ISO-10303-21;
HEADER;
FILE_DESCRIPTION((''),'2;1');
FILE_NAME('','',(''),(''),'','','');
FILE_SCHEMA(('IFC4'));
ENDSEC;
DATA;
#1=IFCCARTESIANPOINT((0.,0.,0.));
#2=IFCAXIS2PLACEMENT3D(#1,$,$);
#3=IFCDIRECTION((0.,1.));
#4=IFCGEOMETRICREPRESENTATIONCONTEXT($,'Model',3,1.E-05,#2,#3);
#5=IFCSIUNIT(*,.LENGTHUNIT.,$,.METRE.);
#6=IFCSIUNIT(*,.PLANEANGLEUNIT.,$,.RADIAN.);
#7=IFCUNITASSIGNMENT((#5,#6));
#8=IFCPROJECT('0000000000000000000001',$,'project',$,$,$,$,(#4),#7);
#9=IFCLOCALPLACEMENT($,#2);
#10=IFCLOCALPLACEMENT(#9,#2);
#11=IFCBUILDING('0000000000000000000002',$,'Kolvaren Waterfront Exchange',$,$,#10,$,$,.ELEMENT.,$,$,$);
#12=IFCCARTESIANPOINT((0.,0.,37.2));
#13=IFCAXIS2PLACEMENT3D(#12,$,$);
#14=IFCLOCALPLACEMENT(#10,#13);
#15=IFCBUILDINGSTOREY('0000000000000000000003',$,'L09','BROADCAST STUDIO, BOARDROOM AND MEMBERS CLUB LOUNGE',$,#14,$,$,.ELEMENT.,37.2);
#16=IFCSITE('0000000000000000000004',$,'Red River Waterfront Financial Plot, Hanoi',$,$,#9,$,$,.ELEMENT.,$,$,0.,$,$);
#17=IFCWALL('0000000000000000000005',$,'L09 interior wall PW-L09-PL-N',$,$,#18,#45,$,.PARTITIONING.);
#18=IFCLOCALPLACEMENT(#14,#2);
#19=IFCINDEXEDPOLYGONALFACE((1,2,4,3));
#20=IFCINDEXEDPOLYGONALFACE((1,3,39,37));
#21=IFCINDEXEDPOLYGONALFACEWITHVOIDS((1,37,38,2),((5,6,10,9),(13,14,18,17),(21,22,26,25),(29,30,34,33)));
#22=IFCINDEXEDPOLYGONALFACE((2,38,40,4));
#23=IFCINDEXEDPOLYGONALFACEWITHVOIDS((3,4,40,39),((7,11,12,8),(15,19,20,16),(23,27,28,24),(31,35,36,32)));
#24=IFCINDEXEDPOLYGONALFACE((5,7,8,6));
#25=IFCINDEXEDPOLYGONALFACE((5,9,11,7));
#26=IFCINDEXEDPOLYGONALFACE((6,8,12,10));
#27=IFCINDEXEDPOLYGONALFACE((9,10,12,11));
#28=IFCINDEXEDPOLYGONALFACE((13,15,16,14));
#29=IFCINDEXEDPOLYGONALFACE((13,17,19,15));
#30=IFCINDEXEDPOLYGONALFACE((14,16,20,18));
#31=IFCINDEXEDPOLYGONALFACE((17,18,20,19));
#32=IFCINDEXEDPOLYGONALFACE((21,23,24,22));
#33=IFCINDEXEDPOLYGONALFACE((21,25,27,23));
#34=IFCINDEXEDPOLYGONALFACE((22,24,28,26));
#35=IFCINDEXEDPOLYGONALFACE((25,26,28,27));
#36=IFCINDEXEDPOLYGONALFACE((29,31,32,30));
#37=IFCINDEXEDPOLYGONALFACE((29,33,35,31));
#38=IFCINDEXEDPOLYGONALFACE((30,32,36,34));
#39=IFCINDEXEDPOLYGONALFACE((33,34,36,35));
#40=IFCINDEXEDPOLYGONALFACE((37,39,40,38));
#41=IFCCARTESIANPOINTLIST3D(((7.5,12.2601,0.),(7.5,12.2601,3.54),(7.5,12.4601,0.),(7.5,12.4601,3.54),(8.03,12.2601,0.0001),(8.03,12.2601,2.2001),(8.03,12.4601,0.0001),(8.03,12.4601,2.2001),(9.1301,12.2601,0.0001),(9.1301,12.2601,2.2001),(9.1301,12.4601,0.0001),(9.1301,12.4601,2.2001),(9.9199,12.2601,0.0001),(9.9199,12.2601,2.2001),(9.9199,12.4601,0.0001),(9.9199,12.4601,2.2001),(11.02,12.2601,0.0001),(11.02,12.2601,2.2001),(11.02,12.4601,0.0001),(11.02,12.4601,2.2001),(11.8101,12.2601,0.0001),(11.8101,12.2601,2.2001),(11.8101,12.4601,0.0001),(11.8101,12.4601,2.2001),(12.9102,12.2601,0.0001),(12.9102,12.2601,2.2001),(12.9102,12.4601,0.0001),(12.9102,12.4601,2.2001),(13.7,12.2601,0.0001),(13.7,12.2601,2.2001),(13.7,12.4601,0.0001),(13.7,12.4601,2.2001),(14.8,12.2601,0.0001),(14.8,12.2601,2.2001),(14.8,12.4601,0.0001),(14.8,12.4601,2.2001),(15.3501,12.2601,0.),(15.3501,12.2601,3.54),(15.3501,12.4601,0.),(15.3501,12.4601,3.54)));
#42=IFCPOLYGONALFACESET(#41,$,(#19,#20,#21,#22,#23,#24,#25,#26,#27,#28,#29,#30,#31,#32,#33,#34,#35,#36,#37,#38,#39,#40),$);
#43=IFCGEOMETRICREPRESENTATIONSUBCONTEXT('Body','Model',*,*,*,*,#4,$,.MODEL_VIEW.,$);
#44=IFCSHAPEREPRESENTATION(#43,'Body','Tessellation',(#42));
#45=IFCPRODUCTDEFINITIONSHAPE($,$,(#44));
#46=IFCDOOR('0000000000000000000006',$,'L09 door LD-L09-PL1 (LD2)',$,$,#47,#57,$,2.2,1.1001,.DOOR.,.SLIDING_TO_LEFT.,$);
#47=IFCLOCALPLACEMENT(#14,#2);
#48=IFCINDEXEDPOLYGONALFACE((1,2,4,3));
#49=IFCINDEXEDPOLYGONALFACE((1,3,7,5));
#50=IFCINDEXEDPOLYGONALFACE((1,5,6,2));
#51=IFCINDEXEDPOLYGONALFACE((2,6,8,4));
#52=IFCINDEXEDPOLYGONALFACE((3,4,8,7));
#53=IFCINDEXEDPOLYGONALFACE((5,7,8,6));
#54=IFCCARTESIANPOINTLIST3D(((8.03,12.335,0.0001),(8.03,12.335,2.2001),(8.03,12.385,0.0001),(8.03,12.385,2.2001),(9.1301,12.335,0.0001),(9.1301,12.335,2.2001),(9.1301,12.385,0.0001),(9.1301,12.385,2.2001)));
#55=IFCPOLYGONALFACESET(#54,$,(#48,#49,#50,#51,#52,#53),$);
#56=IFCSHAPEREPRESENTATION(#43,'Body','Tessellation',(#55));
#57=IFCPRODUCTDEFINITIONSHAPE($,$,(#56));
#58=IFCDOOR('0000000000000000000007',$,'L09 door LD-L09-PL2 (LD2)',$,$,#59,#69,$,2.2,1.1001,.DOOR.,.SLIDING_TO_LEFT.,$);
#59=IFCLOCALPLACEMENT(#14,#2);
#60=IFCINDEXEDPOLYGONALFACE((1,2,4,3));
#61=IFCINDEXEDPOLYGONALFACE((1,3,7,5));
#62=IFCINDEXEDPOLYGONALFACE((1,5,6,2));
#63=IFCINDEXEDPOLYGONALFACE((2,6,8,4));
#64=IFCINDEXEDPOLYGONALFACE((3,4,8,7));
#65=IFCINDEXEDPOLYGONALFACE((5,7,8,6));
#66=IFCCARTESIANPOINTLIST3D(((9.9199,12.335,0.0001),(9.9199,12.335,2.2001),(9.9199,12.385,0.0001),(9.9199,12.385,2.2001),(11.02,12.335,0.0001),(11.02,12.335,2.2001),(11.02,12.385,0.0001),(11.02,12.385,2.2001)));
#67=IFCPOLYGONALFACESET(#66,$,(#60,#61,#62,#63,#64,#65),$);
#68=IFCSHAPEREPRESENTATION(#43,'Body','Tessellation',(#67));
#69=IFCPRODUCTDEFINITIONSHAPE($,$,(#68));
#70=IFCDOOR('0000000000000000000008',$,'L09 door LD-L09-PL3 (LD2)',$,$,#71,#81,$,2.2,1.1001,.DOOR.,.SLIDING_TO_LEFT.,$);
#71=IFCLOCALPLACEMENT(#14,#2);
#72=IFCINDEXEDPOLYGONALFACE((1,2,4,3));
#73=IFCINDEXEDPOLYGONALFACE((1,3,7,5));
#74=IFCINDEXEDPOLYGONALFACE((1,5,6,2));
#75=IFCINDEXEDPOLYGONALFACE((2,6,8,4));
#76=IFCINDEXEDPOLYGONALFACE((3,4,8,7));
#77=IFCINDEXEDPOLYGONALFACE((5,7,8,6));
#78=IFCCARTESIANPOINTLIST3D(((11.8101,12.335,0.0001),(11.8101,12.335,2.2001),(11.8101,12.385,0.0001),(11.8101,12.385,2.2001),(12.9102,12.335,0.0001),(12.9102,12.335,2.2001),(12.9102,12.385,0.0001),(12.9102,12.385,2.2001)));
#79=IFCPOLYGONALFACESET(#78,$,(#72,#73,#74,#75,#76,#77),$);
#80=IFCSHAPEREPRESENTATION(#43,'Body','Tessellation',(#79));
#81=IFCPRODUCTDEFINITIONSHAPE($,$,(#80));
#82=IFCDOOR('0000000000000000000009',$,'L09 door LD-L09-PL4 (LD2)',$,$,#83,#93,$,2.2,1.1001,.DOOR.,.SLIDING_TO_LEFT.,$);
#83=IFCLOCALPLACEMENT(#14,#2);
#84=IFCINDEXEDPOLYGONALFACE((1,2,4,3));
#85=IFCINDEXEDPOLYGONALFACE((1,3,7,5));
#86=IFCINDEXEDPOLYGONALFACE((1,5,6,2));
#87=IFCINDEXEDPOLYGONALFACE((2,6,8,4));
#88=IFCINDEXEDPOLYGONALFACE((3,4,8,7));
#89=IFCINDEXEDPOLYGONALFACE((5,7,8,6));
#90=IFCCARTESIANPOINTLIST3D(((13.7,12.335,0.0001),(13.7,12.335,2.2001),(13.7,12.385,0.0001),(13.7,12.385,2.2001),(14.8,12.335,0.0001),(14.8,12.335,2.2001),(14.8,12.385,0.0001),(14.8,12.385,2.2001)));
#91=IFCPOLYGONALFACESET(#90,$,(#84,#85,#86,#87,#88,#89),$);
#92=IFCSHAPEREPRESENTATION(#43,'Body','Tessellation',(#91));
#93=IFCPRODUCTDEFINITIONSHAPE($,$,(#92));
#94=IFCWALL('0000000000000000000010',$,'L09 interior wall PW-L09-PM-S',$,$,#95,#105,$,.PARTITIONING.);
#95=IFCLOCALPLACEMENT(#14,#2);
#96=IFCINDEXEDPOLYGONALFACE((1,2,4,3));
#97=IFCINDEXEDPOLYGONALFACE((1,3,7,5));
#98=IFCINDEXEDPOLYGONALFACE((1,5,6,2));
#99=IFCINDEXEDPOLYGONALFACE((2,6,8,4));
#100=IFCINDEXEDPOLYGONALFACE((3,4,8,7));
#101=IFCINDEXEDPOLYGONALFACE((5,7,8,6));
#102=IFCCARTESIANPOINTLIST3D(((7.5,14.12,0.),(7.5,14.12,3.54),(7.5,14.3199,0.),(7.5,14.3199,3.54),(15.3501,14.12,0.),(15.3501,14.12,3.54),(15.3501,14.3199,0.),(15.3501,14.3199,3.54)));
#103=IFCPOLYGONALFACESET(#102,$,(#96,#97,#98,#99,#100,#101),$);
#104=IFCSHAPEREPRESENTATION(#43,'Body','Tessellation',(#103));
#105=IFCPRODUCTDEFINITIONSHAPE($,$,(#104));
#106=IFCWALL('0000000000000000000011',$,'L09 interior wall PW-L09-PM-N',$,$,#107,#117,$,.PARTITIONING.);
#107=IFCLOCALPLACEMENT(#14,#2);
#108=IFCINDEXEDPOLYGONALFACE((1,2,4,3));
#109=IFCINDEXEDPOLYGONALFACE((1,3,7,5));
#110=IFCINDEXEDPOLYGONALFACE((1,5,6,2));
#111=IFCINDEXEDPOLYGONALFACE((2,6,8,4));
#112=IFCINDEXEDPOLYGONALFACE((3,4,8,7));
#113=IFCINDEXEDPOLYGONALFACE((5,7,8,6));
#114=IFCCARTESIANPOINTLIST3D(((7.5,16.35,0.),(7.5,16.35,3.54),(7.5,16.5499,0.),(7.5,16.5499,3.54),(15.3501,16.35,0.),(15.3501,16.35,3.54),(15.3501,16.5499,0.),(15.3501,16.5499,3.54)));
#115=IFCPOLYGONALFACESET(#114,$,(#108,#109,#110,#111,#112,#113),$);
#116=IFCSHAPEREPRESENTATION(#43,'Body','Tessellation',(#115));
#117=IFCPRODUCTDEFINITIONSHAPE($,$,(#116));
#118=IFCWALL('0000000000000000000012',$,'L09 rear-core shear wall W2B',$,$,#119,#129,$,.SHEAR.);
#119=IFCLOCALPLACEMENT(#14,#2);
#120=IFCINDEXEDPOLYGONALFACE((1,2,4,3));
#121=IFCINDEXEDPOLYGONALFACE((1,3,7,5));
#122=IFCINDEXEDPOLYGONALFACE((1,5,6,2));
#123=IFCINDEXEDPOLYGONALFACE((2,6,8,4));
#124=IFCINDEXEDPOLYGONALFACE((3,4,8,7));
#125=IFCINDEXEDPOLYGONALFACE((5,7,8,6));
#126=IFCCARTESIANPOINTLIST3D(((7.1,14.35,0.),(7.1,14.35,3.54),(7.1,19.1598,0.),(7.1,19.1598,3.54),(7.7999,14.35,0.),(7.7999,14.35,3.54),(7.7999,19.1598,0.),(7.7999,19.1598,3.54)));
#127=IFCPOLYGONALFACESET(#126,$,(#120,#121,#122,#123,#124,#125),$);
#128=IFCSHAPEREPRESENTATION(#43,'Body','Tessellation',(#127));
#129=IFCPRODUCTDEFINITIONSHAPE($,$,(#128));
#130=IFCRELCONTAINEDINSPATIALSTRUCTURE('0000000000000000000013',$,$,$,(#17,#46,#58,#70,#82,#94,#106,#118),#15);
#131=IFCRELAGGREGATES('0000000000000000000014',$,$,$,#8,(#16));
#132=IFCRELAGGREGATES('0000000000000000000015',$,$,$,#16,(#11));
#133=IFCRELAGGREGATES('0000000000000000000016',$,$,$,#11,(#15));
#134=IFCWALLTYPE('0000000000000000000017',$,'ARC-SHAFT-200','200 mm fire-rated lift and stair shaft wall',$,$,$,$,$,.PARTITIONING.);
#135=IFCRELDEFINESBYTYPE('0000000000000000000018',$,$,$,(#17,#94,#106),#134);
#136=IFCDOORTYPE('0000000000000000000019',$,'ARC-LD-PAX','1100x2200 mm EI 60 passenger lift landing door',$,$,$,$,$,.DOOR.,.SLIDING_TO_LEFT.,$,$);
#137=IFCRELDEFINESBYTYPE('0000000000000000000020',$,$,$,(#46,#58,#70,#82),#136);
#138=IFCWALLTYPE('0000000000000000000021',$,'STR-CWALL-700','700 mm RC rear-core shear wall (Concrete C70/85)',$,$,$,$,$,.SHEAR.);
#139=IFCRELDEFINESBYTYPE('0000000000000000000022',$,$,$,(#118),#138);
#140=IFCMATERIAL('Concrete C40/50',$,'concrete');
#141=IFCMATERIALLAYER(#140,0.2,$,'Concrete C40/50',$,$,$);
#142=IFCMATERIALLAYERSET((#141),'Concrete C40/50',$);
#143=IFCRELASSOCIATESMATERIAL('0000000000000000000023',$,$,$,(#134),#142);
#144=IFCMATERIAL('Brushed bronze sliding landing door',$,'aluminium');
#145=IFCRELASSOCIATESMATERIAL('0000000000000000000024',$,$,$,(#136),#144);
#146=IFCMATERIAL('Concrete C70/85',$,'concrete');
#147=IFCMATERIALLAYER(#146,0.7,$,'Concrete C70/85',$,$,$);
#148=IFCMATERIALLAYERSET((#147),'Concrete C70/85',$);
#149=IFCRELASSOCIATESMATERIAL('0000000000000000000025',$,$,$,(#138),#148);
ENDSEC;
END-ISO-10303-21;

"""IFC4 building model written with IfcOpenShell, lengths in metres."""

from ifc_helpers import new_model, si_unit, direction, frame, frame_2d, origin, place, context, subcontext, project, spatial, rectangle, extrude, material, layer, layer_set, type_object, element, fill, save


model = new_model("IFC4")

# Units and contexts
model_context = context("Model", 3, precision=1e-05, world=origin(), true_north=direction((0.0, 1.0)))
body_context = subcontext(model_context, "Body", "Model", "MODEL_VIEW")
ifc_project = project(units=[si_unit("LENGTHUNIT", "METRE"), si_unit("PLANEANGLEUNIT", "RADIAN")], contexts=[model_context])

# Site, building, storey
site_placement = place(None, origin())
site = spatial("IfcSite", under=ifc_project, at=site_placement, Name="Red River Waterfront Financial Plot, Hanoi", CompositionType="ELEMENT", RefElevation=0.0)
building_placement = place(site_placement, origin())
building = spatial("IfcBuilding", under=site, at=building_placement, Name="Kolvaren Waterfront Exchange", CompositionType="ELEMENT")
storey_placement = place(building_placement, frame((0.0, 0.0, 37.2)))
storey = spatial("IfcBuildingStorey", under=building, at=storey_placement, Name="L09", Description="BROADCAST STUDIO, BOARDROOM AND MEMBERS CLUB LOUNGE", CompositionType="ELEMENT", Elevation=37.2)

# Wall, openings, doors
ifc_material_1 = material(Name="Concrete C40/50", Category="concrete")
ifc_layer_1 = layer(ifc_material_1, 0.2, Name="Concrete C40/50")
ifc_layer_set_1 = layer_set([ifc_layer_1], Name="Concrete C40/50")
wall_type_1 = type_object("IfcWallType", Name="ARC-SHAFT-200", Description="200 mm fire-rated lift and stair shaft wall", PredefinedType="PARTITIONING", material=ifc_layer_set_1)
wall_1_placement = place(storey_placement, frame((7.5, 12.3601, 0.0), z_axis=(0.0, 0.0, 1.0), x_axis=(1.0, 0.0, 0.0)))
wall_1 = element("IfcWall", 1, at=wall_1_placement, inside=storey, type_object=wall_type_1, Name="L09 interior wall PW-L09-PL-N", PredefinedType="PARTITIONING", context=body_context, shape_type="SweptSolid", body=[
    extrude(rectangle(XDim=7.8501, YDim=0.2, at=frame_2d((3.925, 0.0))), origin(), (0.0, 0.0, 1.0), 3.54),
])
opening_1_placement = place(wall_1_placement, frame((0.53, 0.0, 0.0)))
opening_1 = element("IfcOpeningElement", 2, at=opening_1_placement, cuts=wall_1, PredefinedType="OPENING", context=body_context, shape_type="SweptSolid", body=[
    extrude(rectangle(XDim=1.1001, YDim=2.2, at=frame_2d((0.55, 1.1001))), frame((0.0, 0.1099, 0.0), z_axis=(0.0, -1.0, 0.0), x_axis=(1.0, 0.0, 0.0)), (0.0, 0.0, 1.0), 0.22),
])
opening_2_placement = place(wall_1_placement, frame((2.4199, 0.0, 0.0)))
opening_2 = element("IfcOpeningElement", 3, at=opening_2_placement, cuts=wall_1, PredefinedType="OPENING", context=body_context, shape_type="SweptSolid", body=[
    extrude(rectangle(XDim=1.1001, YDim=2.2, at=frame_2d((0.55, 1.1001))), frame((0.0, 0.1099, 0.0), z_axis=(0.0, -1.0, 0.0), x_axis=(1.0, 0.0, 0.0)), (0.0, 0.0, 1.0), 0.22),
])
opening_3_placement = place(wall_1_placement, frame((4.3101, 0.0, 0.0)))
opening_3 = element("IfcOpeningElement", 4, at=opening_3_placement, cuts=wall_1, PredefinedType="OPENING", context=body_context, shape_type="SweptSolid", body=[
    extrude(rectangle(XDim=1.1001, YDim=2.2, at=frame_2d((0.55, 1.1001))), frame((0.0, 0.1099, 0.0), z_axis=(0.0, -1.0, 0.0), x_axis=(1.0, 0.0, 0.0)), (0.0, 0.0, 1.0), 0.22),
])
opening_4_placement = place(wall_1_placement, frame((6.2, 0.0, 0.0)))
opening_4 = element("IfcOpeningElement", 5, at=opening_4_placement, cuts=wall_1, PredefinedType="OPENING", context=body_context, shape_type="SweptSolid", body=[
    extrude(rectangle(XDim=1.1001, YDim=2.2, at=frame_2d((0.55, 1.1001))), frame((0.0, 0.1099, 0.0), z_axis=(0.0, -1.0, 0.0), x_axis=(1.0, 0.0, 0.0)), (0.0, 0.0, 1.0), 0.22),
])
ifc_material_2 = material(Name="Brushed bronze sliding landing door", Category="aluminium")
door_type = type_object("IfcDoorType", Name="ARC-LD-PAX", Description="1100x2200 mm EI 60 passenger lift landing door", OperationType="SLIDING_TO_LEFT", PredefinedType="DOOR", material=ifc_material_2)
door_1_placement = place(opening_1_placement, origin())
door_1 = element("IfcDoor", 6, at=door_1_placement, inside=storey, type_object=door_type, Name="L09 door LD-L09-PL1 (LD2)", OperationType="SLIDING_TO_LEFT", OverallHeight=2.2, OverallWidth=1.1001, PredefinedType="DOOR", context=body_context, shape_type="SweptSolid", body=[
    extrude(rectangle(XDim=1.1001, YDim=2.2, at=frame_2d((0.55, 1.1001))), frame((0.0, 0.0249, 0.0), z_axis=(0.0, -1.0, 0.0), x_axis=(1.0, 0.0, 0.0)), (0.0, 0.0, 1.0), 0.05),
])
fill(opening_1, door_1)
door_2_placement = place(opening_2_placement, origin())
door_2 = element("IfcDoor", 7, at=door_2_placement, inside=storey, type_object=door_type, Name="L09 door LD-L09-PL2 (LD2)", OperationType="SLIDING_TO_LEFT", OverallHeight=2.2, OverallWidth=1.1001, PredefinedType="DOOR", context=body_context, shape_type="SweptSolid", body=[
    extrude(rectangle(XDim=1.1001, YDim=2.2, at=frame_2d((0.55, 1.1001))), frame((0.0, 0.0249, 0.0), z_axis=(0.0, -1.0, 0.0), x_axis=(1.0, 0.0, 0.0)), (0.0, 0.0, 1.0), 0.05),
])
fill(opening_2, door_2)
door_3_placement = place(opening_3_placement, origin())
door_3 = element("IfcDoor", 8, at=door_3_placement, inside=storey, type_object=door_type, Name="L09 door LD-L09-PL3 (LD2)", OperationType="SLIDING_TO_LEFT", OverallHeight=2.2, OverallWidth=1.1001, PredefinedType="DOOR", context=body_context, shape_type="SweptSolid", body=[
    extrude(rectangle(XDim=1.1001, YDim=2.2, at=frame_2d((0.55, 1.1001))), frame((0.0, 0.0249, 0.0), z_axis=(0.0, -1.0, 0.0), x_axis=(1.0, 0.0, 0.0)), (0.0, 0.0, 1.0), 0.05),
])
fill(opening_3, door_3)
door_4_placement = place(opening_4_placement, origin())
door_4 = element("IfcDoor", 9, at=door_4_placement, inside=storey, type_object=door_type, Name="L09 door LD-L09-PL4 (LD2)", OperationType="SLIDING_TO_LEFT", OverallHeight=2.2, OverallWidth=1.1001, PredefinedType="DOOR", context=body_context, shape_type="SweptSolid", body=[
    extrude(rectangle(XDim=1.1001, YDim=2.2, at=frame_2d((0.55, 1.1001))), frame((0.0, 0.0249, 0.0), z_axis=(0.0, -1.0, 0.0), x_axis=(1.0, 0.0, 0.0)), (0.0, 0.0, 1.0), 0.05),
])
fill(opening_4, door_4)

# Walls
for number, where, z_axis, x_axis, name in (
    (10, (7.5, 14.22, 0.0), (0.0, 0.0, 1.0), (1.0, 0.0, 0.0), "L09 interior wall PW-L09-PM-S"),
    (11, (7.5, 16.45, 0.0), (0.0, 0.0, 1.0), (1.0, 0.0, 0.0), "L09 interior wall PW-L09-PM-N"),
):
    element("IfcWall", number, at=place(storey_placement, frame(where, z_axis=z_axis, x_axis=x_axis)), inside=storey, type_object=wall_type_1, Name=name, PredefinedType="PARTITIONING", context=body_context, shape_type="SweptSolid", body=[
        extrude(rectangle(XDim=7.8501, YDim=0.2, at=frame_2d((3.925, 0.0))), origin(), (0.0, 0.0, 1.0), 3.54),
    ])
ifc_material_3 = material(Name="Concrete C70/85", Category="concrete")
ifc_layer_2 = layer(ifc_material_3, 0.7, Name="Concrete C70/85")
ifc_layer_set_2 = layer_set([ifc_layer_2], Name="Concrete C70/85")
wall_type_2 = type_object("IfcWallType", Name="STR-CWALL-700", Description="700 mm RC rear-core shear wall (Concrete C70/85)", PredefinedType="SHEAR", material=ifc_layer_set_2)
wall_2_placement = place(storey_placement, frame((7.45, 14.3501, 0.0), z_axis=(0.0, 0.0, 1.0), x_axis=(0.0, 1.0, 0.0)))
element("IfcWall", 12, at=wall_2_placement, inside=storey, type_object=wall_type_2, Name="L09 rear-core shear wall W2B", PredefinedType="SHEAR", context=body_context, shape_type="SweptSolid", body=[
    extrude(rectangle(XDim=4.8098, YDim=0.7, at=frame_2d((2.4048, 0.0))), origin(), (0.0, 0.0, 1.0), 3.54),
])

save(model, "model.ifc")
